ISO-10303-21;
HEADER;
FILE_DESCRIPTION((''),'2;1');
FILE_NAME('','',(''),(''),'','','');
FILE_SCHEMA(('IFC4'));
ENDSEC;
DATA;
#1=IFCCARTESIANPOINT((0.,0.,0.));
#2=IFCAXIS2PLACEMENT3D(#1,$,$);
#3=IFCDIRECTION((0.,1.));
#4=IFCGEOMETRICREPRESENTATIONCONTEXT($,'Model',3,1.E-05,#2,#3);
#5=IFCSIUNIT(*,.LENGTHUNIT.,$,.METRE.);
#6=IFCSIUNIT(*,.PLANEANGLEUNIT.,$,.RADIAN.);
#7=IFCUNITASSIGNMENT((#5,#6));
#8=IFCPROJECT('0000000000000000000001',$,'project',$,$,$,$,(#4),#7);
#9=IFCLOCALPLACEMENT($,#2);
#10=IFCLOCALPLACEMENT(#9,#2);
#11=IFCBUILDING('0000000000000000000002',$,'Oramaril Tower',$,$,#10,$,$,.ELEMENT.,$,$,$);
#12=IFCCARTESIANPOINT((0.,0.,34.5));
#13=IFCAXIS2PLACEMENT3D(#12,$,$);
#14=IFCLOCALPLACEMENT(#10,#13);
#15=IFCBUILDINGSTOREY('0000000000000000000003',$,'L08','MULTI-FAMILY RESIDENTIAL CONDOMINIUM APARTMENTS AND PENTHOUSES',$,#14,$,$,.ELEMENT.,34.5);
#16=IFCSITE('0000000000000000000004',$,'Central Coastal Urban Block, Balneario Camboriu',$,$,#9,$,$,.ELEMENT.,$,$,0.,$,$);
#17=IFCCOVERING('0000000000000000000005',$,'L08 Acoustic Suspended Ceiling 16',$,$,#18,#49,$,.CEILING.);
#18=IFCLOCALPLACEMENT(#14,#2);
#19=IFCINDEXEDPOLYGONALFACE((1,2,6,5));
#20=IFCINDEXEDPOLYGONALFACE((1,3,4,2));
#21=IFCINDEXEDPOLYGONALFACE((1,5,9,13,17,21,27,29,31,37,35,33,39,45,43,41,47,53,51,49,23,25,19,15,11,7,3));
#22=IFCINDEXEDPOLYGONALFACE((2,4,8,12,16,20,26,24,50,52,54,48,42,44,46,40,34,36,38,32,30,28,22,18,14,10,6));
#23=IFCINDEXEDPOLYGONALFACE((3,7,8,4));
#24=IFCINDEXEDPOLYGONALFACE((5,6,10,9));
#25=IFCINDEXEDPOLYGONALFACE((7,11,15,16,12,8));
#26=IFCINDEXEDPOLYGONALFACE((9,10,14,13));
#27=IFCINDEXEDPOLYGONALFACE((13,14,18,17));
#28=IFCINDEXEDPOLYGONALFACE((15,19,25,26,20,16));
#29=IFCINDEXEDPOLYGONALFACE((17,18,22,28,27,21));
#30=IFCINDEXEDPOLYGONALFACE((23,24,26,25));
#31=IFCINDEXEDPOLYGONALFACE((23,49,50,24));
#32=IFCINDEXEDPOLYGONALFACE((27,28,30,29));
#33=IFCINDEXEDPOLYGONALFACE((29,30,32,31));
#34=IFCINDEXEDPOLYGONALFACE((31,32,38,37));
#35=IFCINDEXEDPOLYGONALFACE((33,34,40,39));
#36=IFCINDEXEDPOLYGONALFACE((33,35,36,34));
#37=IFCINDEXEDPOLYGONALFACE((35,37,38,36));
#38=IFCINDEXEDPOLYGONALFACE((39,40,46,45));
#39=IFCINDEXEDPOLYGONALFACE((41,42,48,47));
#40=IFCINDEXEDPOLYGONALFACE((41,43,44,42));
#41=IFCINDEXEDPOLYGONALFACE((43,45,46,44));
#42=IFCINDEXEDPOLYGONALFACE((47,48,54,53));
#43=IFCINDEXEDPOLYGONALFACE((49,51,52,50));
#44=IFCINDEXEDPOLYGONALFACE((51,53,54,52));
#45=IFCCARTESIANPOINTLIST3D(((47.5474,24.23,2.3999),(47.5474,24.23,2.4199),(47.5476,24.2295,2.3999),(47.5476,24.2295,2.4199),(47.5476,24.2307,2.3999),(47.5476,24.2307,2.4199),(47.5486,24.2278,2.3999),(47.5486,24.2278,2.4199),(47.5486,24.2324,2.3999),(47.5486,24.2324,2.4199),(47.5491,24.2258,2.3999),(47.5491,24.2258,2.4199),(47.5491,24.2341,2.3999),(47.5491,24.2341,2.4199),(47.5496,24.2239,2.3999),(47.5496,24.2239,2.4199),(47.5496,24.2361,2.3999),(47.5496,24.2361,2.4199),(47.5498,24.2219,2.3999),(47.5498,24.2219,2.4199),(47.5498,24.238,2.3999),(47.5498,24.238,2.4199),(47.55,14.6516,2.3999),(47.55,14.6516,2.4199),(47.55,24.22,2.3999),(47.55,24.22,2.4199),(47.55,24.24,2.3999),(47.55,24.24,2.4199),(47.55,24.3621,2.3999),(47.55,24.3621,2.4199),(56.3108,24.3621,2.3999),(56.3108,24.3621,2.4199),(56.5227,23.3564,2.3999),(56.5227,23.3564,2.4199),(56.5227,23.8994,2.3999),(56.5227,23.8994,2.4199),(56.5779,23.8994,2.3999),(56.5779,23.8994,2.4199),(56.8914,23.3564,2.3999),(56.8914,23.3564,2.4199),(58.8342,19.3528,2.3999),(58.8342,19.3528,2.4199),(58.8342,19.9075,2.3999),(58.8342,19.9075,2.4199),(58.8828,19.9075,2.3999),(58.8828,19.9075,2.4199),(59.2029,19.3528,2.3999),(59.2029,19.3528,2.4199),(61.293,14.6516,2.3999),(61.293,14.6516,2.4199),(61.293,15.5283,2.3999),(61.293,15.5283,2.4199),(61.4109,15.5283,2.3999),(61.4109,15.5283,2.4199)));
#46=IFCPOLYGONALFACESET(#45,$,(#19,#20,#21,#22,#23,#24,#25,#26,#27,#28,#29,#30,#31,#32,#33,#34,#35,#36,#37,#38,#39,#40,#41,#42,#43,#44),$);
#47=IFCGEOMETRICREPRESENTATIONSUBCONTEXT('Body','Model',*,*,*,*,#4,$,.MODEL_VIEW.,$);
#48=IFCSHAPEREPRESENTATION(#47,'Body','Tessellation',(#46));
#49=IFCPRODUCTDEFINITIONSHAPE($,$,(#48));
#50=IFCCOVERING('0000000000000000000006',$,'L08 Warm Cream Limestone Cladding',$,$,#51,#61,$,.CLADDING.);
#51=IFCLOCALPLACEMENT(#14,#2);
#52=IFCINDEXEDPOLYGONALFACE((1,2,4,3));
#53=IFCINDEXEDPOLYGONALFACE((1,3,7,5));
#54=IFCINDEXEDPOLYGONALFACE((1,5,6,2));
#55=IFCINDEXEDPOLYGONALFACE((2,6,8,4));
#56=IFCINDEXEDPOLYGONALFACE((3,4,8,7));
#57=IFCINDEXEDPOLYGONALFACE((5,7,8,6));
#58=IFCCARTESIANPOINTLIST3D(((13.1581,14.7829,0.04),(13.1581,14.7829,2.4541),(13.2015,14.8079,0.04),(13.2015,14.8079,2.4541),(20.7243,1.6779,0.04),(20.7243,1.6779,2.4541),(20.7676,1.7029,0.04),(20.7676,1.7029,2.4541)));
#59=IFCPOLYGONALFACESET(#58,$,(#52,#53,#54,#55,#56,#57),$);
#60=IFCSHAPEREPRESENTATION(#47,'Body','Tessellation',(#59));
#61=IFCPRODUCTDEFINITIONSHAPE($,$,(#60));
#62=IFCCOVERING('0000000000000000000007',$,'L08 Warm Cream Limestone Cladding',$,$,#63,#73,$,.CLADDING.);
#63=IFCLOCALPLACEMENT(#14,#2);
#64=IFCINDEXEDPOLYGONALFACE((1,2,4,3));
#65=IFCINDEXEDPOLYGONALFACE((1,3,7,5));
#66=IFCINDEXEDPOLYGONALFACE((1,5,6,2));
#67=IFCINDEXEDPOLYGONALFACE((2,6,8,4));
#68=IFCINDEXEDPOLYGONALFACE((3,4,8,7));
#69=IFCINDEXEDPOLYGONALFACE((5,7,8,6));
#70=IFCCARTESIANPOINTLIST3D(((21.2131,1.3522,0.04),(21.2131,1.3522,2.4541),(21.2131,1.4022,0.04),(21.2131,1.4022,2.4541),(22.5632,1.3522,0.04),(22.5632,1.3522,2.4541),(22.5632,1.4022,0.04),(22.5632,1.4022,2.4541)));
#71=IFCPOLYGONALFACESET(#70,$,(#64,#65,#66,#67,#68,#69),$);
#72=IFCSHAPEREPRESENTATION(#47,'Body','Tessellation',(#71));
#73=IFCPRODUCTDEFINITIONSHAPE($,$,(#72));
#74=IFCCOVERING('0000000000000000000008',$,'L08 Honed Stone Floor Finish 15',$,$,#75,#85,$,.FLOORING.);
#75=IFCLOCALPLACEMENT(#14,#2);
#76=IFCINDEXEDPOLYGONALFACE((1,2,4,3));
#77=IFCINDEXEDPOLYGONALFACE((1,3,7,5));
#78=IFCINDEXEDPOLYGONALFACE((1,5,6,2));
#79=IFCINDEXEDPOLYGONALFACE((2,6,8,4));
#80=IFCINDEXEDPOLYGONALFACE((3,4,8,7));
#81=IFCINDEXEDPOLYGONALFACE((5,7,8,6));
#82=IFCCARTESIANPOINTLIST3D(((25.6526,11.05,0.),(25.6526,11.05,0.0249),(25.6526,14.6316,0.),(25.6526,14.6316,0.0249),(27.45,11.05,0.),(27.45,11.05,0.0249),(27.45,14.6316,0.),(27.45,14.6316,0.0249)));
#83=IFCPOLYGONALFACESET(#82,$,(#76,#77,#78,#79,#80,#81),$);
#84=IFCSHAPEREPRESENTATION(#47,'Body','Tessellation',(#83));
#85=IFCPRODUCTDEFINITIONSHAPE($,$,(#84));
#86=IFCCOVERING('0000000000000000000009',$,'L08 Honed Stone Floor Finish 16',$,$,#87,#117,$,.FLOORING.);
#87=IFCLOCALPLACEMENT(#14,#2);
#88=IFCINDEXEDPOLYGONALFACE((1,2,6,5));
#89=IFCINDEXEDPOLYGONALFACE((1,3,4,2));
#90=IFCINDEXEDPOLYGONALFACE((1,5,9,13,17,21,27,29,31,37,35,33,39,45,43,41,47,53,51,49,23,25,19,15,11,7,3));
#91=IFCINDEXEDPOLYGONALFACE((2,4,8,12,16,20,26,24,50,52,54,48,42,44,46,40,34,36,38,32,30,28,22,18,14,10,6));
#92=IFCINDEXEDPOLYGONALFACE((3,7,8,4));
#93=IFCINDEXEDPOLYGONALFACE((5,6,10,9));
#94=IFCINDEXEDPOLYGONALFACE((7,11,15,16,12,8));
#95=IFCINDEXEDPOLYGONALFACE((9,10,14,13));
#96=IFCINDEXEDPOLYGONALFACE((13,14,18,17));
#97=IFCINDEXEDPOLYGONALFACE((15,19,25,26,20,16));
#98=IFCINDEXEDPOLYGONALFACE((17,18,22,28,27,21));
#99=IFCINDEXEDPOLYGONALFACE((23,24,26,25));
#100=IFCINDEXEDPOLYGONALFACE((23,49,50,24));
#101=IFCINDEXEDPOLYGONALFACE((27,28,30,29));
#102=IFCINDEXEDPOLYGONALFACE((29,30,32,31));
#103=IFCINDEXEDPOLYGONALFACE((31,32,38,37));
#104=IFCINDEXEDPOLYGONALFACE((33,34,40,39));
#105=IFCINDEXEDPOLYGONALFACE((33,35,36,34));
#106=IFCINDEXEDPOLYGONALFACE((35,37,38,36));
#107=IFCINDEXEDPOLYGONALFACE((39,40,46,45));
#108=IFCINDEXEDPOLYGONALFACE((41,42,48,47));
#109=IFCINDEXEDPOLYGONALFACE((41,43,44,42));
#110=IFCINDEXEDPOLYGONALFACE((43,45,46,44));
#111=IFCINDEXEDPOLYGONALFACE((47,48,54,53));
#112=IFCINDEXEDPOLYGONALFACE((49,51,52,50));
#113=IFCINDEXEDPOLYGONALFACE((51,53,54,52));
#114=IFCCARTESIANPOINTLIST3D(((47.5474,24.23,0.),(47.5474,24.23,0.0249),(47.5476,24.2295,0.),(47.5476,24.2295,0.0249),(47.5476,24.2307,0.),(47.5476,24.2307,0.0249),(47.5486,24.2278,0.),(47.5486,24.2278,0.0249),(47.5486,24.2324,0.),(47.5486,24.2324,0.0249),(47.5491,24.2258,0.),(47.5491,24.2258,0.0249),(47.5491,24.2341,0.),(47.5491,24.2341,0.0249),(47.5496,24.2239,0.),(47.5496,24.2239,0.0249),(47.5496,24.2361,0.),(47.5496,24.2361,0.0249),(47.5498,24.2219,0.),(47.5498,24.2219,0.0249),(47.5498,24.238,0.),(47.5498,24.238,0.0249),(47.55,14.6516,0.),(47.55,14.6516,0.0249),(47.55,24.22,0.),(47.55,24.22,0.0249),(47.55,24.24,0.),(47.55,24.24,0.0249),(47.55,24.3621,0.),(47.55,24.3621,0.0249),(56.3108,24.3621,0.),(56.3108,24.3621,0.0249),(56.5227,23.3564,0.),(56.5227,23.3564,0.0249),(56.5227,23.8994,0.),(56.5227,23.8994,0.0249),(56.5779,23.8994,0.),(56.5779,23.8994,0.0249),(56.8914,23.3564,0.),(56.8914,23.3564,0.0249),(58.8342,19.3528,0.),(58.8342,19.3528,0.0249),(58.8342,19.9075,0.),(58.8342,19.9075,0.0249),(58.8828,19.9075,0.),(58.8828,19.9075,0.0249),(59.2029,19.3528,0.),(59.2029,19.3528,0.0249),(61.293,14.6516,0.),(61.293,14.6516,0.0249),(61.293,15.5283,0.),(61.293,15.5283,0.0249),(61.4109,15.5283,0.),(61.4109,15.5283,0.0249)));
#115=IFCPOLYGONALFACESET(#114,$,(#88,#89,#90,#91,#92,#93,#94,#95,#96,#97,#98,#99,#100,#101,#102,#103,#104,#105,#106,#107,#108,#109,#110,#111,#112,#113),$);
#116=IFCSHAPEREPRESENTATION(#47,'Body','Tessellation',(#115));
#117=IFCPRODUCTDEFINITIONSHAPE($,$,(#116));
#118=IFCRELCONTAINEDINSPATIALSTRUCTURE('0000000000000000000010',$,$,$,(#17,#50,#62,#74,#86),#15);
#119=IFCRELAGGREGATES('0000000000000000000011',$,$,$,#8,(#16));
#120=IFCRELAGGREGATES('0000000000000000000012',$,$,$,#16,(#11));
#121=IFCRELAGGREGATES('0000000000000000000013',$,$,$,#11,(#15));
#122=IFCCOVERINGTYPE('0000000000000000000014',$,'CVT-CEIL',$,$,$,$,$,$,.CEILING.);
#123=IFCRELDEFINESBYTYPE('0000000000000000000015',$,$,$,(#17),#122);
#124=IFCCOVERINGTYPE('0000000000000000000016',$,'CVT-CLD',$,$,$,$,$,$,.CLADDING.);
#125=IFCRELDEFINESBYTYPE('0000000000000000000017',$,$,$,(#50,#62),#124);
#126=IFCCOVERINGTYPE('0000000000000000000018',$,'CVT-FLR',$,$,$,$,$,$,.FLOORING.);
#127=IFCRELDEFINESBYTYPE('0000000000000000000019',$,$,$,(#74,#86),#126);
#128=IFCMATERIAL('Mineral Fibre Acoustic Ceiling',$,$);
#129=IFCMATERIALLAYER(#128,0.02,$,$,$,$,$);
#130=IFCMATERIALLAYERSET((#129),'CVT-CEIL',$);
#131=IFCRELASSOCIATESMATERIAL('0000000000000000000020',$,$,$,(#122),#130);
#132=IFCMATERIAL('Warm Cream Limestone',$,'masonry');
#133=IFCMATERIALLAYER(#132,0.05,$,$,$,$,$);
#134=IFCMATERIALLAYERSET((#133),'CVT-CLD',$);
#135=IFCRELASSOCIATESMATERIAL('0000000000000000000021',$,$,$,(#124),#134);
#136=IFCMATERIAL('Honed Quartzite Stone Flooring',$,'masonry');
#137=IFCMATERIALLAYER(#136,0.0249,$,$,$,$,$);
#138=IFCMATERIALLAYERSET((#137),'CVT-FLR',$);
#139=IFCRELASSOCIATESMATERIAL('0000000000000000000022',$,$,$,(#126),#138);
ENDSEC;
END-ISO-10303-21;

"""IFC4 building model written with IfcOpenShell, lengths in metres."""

from ifc_helpers import new_model, si_unit, direction, frame, origin, origin_2d, place, context, subcontext, project, spatial, polyline, rectangle, outline, extrude, material, layer, layer_set, type_object, element, save


model = new_model("IFC4")

# Units and contexts
model_context = context("Model", 3, precision=1e-05, world=origin(), true_north=direction((0.0, 1.0)))
body_context = subcontext(model_context, "Body", "Model", "MODEL_VIEW")
ifc_project = project(units=[si_unit("LENGTHUNIT", "METRE"), si_unit("PLANEANGLEUNIT", "RADIAN")], contexts=[model_context])

# Site, building, storey
site_placement = place(None, origin())
site = spatial("IfcSite", under=ifc_project, at=site_placement, Name="Central Coastal Urban Block, Balneario Camboriu", CompositionType="ELEMENT", RefElevation=0.0)
building_placement = place(site_placement, origin())
building = spatial("IfcBuilding", under=site, at=building_placement, Name="Oramaril Tower", CompositionType="ELEMENT")
storey_placement = place(building_placement, frame((0.0, 0.0, 34.5)))
storey = spatial("IfcBuildingStorey", under=building, at=storey_placement, Name="L08", Description="MULTI-FAMILY RESIDENTIAL CONDOMINIUM APARTMENTS AND PENTHOUSES", CompositionType="ELEMENT", Elevation=34.5)

# Coverings
ifc_material_1 = material(Name="Mineral Fibre Acoustic Ceiling")
ifc_layer_1 = layer(ifc_material_1, 0.02)
ifc_layer_set_1 = layer_set([ifc_layer_1], Name="CVT-CEIL")
covering_type_1 = type_object("IfcCoveringType", Name="CVT-CEIL", PredefinedType="CEILING", material=ifc_layer_set_1)
covering_1_placement = place(storey_placement, frame((0.0, 0.0, 2.3999)))
element("IfcCovering", 1, at=covering_1_placement, inside=storey, type_object=covering_type_1, Name="L08 Acoustic Suspended Ceiling 16", PredefinedType="CEILING", context=body_context, shape_type="SweptSolid", body=[
    extrude(outline(polyline([(56.5779, 23.8994), (56.5227, 23.8994), (56.5227, 23.3564), (56.8914, 23.3564), (58.8828, 19.9075), (58.8342, 19.9075), (58.8342, 19.3528), (59.2029, 19.3528), (61.4109, 15.5283), (61.293, 15.5283), (61.293, 14.6516), (47.55, 14.6516), (47.55, 24.22), (47.5498, 24.2219), (47.5496, 24.2239), (47.5491, 24.2258), (47.5486, 24.2278), (47.5476, 24.2295), (47.5474, 24.23), (47.5476, 24.2307), (47.5486, 24.2324), (47.5491, 24.2341), (47.5496, 24.2361), (47.5498, 24.238), (47.55, 24.24), (47.55, 24.3621), (56.3108, 24.3621), (56.5779, 23.8994)])), origin(), (0.0, 0.0, 1.0), 0.02),
])
ifc_material_2 = material(Name="Warm Cream Limestone", Category="masonry")
ifc_layer_2 = layer(ifc_material_2, 0.05)
ifc_layer_set_2 = layer_set([ifc_layer_2], Name="CVT-CLD")
covering_type_2 = type_object("IfcCoveringType", Name="CVT-CLD", PredefinedType="CLADDING", material=ifc_layer_set_2)
covering_2_placement = place(storey_placement, frame((16.9629, 8.2429, 0.04), z_axis=(0.0, 0.0, 1.0), x_axis=(0.499998, -0.866026, 0.0)))
element("IfcCovering", 2, at=covering_2_placement, inside=storey, type_object=covering_type_2, Name="L08 Warm Cream Limestone Cladding", PredefinedType="CLADDING", context=body_context, shape_type="SweptSolid", body=[
    extrude(rectangle(XDim=15.1323, YDim=0.05, at=origin_2d()), origin(), (0.0, 0.0, 1.0), 2.4141),
])
covering_3_placement = place(storey_placement, frame((21.8882, 1.3772, 0.04), z_axis=(0.0, 0.0, 1.0), x_axis=(1.0, 0.0, 0.0)))
element("IfcCovering", 3, at=covering_3_placement, inside=storey, type_object=covering_type_2, Name="L08 Warm Cream Limestone Cladding", PredefinedType="CLADDING", context=body_context, shape_type="SweptSolid", body=[
    extrude(rectangle(XDim=1.3501, YDim=0.05, at=origin_2d()), origin(), (0.0, 0.0, 1.0), 2.4141),
])
ifc_material_3 = material(Name="Honed Quartzite Stone Flooring", Category="masonry")
ifc_layer_3 = layer(ifc_material_3, 0.0249)
ifc_layer_set_3 = layer_set([ifc_layer_3], Name="CVT-FLR")
covering_type_3 = type_object("IfcCoveringType", Name="CVT-FLR", PredefinedType="FLOORING", material=ifc_layer_set_3)
covering_4_placement = place(storey_placement, origin())
element("IfcCovering", 4, at=covering_4_placement, inside=storey, type_object=covering_type_3, Name="L08 Honed Stone Floor Finish 15", PredefinedType="FLOORING", context=body_context, shape_type="SweptSolid", body=[
    extrude(outline(polyline([(25.6526, 14.6316), (27.45, 14.6316), (27.45, 11.05), (25.6526, 11.05), (25.6526, 14.6316)])), origin(), (0.0, 0.0, 1.0), 0.0249),
])
covering_5_placement = place(storey_placement, origin())
element("IfcCovering", 5, at=covering_5_placement, inside=storey, type_object=covering_type_3, Name="L08 Honed Stone Floor Finish 16", PredefinedType="FLOORING", context=body_context, shape_type="SweptSolid", body=[
    extrude(outline(polyline([(56.5779, 23.8994), (56.5227, 23.8994), (56.5227, 23.3564), (56.8914, 23.3564), (58.8828, 19.9075), (58.8342, 19.9075), (58.8342, 19.3528), (59.2029, 19.3528), (61.4109, 15.5283), (61.293, 15.5283), (61.293, 14.6516), (47.55, 14.6516), (47.55, 24.22), (47.5498, 24.2219), (47.5496, 24.2239), (47.5491, 24.2258), (47.5486, 24.2278), (47.5476, 24.2295), (47.5474, 24.23), (47.5476, 24.2307), (47.5486, 24.2324), (47.5491, 24.2341), (47.5496, 24.2361), (47.5498, 24.238), (47.55, 24.24), (47.55, 24.3621), (56.3108, 24.3621), (56.5779, 23.8994)])), origin(), (0.0, 0.0, 1.0), 0.0249),
])

save(model, "model.ifc")
